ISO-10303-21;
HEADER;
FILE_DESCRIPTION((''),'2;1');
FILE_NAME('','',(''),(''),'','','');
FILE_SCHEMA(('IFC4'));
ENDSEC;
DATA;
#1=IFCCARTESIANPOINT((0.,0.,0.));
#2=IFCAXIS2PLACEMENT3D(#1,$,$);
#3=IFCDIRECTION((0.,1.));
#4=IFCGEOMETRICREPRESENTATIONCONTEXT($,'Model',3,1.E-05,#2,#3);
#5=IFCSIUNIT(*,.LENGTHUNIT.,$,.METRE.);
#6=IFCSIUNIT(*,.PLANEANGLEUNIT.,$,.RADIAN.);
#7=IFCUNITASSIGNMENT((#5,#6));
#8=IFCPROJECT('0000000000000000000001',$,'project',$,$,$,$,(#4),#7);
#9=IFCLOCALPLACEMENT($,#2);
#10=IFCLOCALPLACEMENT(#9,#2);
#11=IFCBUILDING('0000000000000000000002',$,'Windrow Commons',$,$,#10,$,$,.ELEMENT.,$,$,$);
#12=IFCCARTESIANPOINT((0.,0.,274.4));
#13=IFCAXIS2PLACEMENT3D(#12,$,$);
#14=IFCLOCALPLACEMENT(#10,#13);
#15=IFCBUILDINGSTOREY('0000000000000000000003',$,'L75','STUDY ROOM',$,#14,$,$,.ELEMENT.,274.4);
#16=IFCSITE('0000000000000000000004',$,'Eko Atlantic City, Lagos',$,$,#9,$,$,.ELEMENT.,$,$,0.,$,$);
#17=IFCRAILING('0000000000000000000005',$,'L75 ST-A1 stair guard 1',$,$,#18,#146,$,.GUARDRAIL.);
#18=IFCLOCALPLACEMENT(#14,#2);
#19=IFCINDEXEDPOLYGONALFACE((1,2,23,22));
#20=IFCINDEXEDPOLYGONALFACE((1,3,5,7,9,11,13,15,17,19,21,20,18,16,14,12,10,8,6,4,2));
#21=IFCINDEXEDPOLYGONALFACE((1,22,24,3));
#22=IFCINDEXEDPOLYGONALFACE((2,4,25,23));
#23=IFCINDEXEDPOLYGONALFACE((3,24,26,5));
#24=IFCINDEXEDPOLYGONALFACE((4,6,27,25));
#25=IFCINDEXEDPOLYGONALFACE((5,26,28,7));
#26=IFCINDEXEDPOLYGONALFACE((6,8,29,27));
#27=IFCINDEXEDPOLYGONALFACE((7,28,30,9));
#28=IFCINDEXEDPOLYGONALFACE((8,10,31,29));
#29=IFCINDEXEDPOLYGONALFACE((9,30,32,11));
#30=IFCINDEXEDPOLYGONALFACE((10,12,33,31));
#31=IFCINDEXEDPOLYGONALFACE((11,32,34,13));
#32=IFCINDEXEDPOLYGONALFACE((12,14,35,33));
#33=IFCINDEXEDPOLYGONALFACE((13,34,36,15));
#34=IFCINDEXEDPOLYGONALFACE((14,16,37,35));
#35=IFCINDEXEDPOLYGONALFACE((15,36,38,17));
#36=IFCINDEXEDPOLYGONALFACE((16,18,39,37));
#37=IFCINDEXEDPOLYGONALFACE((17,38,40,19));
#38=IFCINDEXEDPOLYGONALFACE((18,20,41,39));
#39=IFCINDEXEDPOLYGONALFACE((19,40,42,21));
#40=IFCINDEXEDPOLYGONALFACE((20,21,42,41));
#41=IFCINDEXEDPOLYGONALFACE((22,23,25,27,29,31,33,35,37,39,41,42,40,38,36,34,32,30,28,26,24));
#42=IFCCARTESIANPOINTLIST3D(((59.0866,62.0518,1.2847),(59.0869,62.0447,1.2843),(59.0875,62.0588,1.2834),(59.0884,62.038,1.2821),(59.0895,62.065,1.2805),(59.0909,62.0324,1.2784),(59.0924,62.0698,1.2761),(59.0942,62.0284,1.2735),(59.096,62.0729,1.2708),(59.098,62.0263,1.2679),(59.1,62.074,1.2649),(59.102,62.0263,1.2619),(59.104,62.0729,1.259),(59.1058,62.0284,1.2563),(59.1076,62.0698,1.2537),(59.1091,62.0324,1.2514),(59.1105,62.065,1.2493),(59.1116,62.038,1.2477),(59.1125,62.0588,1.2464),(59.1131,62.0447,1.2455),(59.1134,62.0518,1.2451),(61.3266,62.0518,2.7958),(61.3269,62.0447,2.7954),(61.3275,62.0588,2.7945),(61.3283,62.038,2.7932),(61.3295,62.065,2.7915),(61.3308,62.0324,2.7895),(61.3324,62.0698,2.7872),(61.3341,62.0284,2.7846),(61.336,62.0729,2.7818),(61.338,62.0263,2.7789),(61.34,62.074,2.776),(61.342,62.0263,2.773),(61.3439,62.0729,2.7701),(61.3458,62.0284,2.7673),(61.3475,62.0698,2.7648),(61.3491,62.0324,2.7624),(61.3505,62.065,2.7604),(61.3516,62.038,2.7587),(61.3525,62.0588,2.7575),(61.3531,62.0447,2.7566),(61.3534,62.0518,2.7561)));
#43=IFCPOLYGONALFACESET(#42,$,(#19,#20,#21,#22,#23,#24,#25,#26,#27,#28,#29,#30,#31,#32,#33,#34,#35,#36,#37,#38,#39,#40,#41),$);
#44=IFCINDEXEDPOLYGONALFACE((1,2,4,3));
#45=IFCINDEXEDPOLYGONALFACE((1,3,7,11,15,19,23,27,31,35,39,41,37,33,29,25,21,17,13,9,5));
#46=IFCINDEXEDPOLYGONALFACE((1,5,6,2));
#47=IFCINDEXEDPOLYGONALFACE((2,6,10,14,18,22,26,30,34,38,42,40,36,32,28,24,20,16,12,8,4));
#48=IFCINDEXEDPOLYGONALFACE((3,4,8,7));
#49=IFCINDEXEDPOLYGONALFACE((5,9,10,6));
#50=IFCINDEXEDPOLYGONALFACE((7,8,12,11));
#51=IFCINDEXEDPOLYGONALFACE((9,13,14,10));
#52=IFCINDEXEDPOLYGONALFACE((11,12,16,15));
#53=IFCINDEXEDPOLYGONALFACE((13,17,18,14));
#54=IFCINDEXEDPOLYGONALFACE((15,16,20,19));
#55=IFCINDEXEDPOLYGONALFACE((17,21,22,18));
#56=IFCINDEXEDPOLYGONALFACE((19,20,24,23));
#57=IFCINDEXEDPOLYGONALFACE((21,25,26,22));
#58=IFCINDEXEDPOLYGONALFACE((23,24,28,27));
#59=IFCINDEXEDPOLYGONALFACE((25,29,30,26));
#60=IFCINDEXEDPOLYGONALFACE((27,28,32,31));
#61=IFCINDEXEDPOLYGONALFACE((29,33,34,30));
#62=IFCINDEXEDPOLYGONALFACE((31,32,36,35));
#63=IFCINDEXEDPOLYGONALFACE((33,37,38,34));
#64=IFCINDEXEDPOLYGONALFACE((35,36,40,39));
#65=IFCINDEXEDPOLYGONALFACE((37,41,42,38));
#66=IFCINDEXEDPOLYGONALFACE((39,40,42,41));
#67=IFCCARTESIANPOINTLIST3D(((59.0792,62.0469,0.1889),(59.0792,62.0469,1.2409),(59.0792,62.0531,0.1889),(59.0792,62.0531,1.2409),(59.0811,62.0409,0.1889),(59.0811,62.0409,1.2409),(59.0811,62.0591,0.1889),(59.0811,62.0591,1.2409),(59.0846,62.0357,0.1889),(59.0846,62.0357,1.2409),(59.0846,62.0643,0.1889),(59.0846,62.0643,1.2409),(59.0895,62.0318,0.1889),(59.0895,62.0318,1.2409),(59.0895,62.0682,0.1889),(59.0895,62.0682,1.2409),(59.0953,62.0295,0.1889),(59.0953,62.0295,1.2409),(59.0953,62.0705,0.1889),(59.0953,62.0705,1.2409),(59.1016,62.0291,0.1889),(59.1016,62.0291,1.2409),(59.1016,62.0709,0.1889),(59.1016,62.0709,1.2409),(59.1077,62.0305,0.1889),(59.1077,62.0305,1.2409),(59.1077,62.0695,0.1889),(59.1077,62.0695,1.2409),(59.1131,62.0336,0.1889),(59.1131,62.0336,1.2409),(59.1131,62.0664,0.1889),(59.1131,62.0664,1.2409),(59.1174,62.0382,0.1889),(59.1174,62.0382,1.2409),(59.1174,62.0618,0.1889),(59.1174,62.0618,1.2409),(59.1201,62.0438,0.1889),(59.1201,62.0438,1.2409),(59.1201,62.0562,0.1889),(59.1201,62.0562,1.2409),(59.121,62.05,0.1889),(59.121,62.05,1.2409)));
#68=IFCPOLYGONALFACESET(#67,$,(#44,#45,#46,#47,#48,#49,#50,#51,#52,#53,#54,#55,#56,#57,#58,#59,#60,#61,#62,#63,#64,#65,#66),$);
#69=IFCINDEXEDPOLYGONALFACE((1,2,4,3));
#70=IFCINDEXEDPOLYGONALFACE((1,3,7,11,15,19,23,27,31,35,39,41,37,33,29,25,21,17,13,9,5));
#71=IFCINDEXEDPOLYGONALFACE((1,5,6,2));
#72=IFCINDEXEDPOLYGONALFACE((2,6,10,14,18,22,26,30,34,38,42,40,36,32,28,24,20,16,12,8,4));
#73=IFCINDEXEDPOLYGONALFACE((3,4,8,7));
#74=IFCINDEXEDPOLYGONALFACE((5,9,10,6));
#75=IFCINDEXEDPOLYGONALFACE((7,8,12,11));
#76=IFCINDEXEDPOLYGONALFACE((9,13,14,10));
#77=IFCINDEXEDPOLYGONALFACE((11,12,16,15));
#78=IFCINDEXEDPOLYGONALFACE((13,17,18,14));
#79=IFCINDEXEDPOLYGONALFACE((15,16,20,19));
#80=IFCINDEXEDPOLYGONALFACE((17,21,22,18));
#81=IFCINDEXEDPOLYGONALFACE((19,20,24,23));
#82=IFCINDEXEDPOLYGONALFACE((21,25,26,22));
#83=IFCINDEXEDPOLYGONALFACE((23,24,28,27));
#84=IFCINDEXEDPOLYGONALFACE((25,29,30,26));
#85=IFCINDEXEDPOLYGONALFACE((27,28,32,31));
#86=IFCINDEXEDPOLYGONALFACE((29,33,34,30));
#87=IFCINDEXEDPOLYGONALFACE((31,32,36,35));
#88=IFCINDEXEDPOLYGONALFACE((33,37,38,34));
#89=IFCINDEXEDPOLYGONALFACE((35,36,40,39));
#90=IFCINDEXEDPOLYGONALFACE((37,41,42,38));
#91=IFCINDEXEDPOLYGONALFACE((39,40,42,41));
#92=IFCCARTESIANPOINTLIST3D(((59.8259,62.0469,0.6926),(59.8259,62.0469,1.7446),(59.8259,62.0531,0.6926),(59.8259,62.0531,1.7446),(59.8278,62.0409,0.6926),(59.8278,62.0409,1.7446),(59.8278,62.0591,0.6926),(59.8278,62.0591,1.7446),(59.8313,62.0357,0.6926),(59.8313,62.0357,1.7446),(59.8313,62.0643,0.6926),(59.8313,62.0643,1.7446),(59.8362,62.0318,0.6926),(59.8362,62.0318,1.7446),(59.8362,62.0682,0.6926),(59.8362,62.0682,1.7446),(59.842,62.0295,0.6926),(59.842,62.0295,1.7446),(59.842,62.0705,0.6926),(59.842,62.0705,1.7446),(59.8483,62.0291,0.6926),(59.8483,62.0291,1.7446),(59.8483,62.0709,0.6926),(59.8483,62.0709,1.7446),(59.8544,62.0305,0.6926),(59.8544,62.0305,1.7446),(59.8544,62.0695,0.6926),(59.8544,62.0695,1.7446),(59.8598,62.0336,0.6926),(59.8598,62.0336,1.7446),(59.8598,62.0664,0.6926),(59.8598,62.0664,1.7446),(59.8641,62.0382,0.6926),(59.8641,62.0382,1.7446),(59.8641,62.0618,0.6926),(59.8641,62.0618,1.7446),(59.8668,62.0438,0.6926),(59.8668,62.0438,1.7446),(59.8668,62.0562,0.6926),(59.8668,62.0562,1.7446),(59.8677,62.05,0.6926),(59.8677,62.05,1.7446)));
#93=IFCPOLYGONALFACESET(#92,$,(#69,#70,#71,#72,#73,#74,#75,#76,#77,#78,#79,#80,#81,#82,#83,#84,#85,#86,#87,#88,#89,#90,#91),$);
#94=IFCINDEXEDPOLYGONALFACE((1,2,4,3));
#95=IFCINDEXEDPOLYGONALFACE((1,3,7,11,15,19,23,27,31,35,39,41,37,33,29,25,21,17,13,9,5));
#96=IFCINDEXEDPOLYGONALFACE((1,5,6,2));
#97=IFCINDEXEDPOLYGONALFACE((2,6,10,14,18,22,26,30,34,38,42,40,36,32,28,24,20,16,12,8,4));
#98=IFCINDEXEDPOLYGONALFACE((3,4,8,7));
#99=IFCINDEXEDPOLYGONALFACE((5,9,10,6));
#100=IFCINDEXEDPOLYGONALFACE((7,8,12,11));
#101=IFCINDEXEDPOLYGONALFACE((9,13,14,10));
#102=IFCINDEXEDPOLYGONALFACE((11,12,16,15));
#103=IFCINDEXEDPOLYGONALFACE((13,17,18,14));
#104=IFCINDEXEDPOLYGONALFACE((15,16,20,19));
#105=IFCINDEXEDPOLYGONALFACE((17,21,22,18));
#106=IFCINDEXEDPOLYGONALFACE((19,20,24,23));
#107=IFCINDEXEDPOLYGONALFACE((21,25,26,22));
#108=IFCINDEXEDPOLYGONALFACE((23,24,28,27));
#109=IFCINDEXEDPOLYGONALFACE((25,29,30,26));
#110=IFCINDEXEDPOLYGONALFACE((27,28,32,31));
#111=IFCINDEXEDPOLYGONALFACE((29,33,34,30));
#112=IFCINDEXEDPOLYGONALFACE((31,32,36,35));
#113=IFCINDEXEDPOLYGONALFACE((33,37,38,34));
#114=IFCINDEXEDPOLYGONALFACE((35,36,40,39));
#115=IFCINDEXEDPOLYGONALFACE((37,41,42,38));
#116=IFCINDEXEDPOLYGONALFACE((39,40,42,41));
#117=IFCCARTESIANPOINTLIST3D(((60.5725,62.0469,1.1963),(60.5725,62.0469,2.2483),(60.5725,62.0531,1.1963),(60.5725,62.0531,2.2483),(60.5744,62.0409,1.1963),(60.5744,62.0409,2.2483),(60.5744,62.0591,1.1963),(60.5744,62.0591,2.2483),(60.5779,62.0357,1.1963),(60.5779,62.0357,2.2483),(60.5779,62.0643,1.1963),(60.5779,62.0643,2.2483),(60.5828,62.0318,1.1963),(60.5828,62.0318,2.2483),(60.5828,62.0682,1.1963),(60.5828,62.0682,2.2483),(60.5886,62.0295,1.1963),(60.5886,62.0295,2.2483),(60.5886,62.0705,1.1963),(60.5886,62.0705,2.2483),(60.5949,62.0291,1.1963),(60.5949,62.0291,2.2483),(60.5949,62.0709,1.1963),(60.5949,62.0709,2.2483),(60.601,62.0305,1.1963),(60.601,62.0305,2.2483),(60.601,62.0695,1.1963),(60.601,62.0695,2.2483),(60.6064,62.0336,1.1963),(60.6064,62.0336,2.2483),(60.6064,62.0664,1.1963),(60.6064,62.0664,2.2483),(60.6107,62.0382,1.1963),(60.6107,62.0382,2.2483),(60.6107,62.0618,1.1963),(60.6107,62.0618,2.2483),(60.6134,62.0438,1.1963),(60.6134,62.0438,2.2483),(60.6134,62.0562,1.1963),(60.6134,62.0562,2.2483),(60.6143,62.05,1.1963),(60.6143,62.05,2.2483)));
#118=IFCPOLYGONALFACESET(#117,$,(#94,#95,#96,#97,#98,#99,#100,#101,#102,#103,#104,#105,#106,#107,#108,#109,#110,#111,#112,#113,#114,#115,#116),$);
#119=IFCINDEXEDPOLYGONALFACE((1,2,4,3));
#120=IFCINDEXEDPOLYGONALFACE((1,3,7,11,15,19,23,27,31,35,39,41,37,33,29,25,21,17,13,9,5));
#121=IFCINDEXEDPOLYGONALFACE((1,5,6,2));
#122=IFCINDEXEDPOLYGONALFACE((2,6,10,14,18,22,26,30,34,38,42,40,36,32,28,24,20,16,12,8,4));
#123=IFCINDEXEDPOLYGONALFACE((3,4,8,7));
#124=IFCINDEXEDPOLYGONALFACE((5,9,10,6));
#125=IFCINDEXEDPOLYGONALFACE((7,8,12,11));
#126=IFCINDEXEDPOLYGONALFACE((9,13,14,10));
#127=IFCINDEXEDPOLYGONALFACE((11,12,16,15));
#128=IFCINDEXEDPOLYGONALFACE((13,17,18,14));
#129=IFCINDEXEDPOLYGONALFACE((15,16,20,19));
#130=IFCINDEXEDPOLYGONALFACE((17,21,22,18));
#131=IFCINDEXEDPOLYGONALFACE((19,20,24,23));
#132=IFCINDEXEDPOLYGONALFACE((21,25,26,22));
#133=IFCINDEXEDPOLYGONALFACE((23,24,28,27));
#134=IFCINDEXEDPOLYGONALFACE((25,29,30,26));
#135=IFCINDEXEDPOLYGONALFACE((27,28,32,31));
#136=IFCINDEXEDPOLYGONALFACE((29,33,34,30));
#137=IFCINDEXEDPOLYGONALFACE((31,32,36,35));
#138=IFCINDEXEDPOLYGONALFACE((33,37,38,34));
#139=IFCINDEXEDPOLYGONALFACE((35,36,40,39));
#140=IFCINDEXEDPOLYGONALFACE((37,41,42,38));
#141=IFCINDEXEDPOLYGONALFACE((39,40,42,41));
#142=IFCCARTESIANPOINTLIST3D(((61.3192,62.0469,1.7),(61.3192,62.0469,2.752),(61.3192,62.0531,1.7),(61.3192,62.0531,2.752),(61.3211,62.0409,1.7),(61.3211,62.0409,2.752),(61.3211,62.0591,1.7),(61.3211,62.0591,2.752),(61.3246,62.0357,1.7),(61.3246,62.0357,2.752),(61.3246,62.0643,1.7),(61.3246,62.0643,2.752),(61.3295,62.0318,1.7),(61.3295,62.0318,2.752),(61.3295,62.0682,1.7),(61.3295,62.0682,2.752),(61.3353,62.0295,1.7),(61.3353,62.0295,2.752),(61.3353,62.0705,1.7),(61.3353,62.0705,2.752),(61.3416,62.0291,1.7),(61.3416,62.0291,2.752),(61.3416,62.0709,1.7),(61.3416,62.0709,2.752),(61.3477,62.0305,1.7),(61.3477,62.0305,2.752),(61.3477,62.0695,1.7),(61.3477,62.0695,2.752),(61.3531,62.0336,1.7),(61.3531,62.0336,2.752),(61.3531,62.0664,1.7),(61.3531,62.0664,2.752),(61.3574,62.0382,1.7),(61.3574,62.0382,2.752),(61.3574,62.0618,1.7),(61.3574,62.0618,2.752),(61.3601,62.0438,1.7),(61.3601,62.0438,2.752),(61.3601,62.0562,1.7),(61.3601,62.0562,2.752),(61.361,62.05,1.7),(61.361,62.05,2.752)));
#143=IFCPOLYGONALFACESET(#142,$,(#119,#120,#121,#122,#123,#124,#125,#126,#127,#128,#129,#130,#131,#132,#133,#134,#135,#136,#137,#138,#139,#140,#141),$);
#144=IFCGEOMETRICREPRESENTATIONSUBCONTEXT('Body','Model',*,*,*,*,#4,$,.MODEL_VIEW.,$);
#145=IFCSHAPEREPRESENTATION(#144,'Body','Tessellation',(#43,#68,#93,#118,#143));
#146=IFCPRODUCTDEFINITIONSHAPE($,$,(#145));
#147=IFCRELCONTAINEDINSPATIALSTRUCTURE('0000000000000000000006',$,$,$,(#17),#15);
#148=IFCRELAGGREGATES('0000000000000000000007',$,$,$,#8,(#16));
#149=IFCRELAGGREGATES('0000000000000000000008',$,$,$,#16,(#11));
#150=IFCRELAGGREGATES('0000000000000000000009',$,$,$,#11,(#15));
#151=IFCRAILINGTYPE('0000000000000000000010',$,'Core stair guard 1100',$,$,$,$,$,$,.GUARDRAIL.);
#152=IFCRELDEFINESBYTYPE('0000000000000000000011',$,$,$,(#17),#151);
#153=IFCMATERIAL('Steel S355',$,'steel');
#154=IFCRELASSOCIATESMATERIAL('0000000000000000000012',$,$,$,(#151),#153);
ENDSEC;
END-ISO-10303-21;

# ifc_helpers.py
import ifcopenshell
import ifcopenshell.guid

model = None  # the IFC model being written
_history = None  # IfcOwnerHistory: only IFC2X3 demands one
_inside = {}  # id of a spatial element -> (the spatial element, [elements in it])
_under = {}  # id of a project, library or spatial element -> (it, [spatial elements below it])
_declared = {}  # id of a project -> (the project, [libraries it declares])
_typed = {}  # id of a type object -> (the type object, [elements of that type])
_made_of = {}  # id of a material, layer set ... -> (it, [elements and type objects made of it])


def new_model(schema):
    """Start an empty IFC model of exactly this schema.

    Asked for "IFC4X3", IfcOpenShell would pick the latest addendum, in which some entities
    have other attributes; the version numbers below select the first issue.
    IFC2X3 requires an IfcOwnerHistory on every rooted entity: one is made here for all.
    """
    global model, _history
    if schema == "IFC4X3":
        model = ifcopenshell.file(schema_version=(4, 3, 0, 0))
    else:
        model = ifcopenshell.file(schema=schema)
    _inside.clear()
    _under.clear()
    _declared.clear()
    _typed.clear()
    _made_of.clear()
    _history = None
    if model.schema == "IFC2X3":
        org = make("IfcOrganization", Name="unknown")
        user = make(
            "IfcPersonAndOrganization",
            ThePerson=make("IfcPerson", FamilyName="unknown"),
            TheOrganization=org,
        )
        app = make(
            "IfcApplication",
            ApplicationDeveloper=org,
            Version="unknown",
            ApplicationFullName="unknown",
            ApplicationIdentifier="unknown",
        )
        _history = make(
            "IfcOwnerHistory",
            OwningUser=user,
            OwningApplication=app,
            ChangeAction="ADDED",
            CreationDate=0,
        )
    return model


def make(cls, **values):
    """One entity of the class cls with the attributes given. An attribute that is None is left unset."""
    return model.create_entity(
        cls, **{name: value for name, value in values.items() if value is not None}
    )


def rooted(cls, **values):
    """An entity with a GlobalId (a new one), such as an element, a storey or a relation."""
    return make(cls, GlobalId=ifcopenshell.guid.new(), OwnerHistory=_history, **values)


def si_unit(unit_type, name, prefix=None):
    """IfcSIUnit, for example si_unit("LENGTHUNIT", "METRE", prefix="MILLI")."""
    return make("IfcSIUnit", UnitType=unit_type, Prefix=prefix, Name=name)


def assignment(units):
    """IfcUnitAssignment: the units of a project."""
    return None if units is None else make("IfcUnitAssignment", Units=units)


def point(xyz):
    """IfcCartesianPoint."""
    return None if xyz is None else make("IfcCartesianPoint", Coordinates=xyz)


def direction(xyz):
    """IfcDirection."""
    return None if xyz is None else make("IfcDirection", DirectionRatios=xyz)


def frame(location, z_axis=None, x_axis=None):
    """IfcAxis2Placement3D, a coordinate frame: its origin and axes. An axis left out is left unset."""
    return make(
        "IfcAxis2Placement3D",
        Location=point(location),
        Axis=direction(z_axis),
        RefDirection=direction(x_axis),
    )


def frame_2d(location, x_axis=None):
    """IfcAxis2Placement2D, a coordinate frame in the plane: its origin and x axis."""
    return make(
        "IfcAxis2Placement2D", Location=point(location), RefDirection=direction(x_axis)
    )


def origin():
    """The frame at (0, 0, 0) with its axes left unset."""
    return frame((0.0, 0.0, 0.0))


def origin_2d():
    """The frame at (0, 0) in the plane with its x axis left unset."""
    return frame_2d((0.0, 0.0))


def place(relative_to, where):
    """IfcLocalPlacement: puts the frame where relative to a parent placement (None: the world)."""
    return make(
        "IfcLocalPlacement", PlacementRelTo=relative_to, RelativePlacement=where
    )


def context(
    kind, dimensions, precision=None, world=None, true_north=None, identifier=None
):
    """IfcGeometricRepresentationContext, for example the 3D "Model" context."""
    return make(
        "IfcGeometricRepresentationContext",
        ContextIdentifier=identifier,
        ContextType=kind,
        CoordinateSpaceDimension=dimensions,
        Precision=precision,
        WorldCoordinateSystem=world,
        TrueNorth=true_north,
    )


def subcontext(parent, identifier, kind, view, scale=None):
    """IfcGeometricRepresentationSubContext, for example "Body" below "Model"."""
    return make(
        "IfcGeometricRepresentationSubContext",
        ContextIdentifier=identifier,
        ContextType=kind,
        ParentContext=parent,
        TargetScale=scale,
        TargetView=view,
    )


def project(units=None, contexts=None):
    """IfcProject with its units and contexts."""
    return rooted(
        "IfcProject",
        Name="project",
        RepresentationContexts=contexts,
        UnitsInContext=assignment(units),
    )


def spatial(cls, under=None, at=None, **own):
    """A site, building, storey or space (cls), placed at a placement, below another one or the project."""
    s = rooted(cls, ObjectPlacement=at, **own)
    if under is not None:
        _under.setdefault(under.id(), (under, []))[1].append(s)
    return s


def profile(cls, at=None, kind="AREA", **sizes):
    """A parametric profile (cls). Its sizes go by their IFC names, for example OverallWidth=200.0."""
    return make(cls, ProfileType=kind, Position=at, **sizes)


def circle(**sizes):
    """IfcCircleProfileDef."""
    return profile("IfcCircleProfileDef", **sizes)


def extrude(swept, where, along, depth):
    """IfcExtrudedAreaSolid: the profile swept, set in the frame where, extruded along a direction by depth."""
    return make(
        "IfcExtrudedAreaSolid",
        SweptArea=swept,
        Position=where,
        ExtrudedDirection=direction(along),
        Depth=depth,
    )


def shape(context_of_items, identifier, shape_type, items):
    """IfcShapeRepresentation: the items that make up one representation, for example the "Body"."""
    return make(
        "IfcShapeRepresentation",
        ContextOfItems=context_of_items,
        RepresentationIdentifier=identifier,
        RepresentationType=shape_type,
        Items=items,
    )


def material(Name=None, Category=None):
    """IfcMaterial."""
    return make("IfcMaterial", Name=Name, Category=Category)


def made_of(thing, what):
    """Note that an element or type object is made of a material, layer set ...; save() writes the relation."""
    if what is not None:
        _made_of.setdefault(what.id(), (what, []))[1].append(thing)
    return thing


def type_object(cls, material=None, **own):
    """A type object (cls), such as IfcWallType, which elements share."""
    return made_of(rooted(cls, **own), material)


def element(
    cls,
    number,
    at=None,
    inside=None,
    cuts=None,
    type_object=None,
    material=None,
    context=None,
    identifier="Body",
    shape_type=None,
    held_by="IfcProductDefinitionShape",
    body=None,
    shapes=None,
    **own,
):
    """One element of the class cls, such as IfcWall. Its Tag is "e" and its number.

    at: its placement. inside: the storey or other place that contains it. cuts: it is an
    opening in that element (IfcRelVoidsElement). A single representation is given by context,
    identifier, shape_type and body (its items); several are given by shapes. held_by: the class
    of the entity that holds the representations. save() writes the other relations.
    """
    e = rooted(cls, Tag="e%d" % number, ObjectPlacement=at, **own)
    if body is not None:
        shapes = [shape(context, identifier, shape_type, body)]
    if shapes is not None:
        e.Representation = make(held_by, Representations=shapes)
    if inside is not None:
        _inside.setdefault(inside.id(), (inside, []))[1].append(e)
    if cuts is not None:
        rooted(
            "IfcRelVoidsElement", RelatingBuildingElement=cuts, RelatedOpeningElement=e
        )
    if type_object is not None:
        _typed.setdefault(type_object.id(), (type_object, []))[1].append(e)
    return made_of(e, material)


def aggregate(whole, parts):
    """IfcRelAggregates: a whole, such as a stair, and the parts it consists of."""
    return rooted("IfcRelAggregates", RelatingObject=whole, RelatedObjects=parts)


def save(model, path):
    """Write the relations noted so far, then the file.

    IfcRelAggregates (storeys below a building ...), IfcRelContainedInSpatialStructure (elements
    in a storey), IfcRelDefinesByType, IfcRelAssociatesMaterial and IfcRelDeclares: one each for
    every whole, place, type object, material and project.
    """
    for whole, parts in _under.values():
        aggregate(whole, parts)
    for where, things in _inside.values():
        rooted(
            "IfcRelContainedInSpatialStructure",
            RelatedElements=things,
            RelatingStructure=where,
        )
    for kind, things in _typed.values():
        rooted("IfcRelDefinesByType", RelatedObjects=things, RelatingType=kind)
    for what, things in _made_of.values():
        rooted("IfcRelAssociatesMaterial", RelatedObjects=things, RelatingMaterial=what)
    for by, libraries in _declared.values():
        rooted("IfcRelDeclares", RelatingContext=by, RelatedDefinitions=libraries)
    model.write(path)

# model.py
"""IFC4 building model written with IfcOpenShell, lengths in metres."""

from ifc_helpers import new_model, si_unit, direction, frame, origin, origin_2d, place, context, subcontext, project, spatial, circle, extrude, material, type_object, element, save


model = new_model("IFC4")

# Units and contexts
model_context = context("Model", 3, precision=1e-05, world=origin(), true_north=direction((0.0, 1.0)))
body_context = subcontext(model_context, "Body", "Model", "MODEL_VIEW")
ifc_project = project(units=[si_unit("LENGTHUNIT", "METRE"), si_unit("PLANEANGLEUNIT", "RADIAN")], contexts=[model_context])

# Site, building, storey
site_placement = place(None, origin())
site = spatial("IfcSite", under=ifc_project, at=site_placement, Name="Eko Atlantic City, Lagos", CompositionType="ELEMENT", RefElevation=0.0)
building_placement = place(site_placement, origin())
building = spatial("IfcBuilding", under=site, at=building_placement, Name="Windrow Commons", CompositionType="ELEMENT")
storey_placement = place(building_placement, frame((0.0, 0.0, 274.4)))
storey = spatial("IfcBuildingStorey", under=building, at=storey_placement, Name="L75", Description="STUDY ROOM", CompositionType="ELEMENT", Elevation=274.4)

# Railing
ifc_material_1 = material(Name="Steel S355", Category="steel")
railing_type_1 = type_object("IfcRailingType", Name="Core stair guard 1100", PredefinedType="GUARDRAIL", material=ifc_material_1)
railing_1_placement = place(storey_placement, frame((59.1, 62.05, 0.1889)))
element("IfcRailing", 1, at=railing_1_placement, inside=storey, type_object=railing_type_1, Name="L75 ST-A1 stair guard 1", PredefinedType="GUARDRAIL", context=body_context, shape_type="SweptSolid", body=[
    extrude(circle(Radius=0.024, at=origin_2d()), frame((0.0, 0.0, 1.076), z_axis=(0.829003, 0.0, 0.559244), x_axis=(0.0, 1.0, 0.0)), (0.0, 0.0, 1.0), 2.702),
    extrude(circle(Radius=0.021, at=origin_2d()), origin(), (0.0, 0.0, 1.0), 1.052),
    extrude(circle(Radius=0.021, at=origin_2d()), frame((0.7467, 0.0, 0.5037)), (0.0, 0.0, 1.0), 1.052),
    extrude(circle(Radius=0.021, at=origin_2d()), frame((1.4933, 0.0, 1.0074)), (0.0, 0.0, 1.0), 1.052),
    extrude(circle(Radius=0.021, at=origin_2d()), frame((2.24, 0.0, 1.5111)), (0.0, 0.0, 1.0), 1.052),
])

save(model, "model.ifc")
